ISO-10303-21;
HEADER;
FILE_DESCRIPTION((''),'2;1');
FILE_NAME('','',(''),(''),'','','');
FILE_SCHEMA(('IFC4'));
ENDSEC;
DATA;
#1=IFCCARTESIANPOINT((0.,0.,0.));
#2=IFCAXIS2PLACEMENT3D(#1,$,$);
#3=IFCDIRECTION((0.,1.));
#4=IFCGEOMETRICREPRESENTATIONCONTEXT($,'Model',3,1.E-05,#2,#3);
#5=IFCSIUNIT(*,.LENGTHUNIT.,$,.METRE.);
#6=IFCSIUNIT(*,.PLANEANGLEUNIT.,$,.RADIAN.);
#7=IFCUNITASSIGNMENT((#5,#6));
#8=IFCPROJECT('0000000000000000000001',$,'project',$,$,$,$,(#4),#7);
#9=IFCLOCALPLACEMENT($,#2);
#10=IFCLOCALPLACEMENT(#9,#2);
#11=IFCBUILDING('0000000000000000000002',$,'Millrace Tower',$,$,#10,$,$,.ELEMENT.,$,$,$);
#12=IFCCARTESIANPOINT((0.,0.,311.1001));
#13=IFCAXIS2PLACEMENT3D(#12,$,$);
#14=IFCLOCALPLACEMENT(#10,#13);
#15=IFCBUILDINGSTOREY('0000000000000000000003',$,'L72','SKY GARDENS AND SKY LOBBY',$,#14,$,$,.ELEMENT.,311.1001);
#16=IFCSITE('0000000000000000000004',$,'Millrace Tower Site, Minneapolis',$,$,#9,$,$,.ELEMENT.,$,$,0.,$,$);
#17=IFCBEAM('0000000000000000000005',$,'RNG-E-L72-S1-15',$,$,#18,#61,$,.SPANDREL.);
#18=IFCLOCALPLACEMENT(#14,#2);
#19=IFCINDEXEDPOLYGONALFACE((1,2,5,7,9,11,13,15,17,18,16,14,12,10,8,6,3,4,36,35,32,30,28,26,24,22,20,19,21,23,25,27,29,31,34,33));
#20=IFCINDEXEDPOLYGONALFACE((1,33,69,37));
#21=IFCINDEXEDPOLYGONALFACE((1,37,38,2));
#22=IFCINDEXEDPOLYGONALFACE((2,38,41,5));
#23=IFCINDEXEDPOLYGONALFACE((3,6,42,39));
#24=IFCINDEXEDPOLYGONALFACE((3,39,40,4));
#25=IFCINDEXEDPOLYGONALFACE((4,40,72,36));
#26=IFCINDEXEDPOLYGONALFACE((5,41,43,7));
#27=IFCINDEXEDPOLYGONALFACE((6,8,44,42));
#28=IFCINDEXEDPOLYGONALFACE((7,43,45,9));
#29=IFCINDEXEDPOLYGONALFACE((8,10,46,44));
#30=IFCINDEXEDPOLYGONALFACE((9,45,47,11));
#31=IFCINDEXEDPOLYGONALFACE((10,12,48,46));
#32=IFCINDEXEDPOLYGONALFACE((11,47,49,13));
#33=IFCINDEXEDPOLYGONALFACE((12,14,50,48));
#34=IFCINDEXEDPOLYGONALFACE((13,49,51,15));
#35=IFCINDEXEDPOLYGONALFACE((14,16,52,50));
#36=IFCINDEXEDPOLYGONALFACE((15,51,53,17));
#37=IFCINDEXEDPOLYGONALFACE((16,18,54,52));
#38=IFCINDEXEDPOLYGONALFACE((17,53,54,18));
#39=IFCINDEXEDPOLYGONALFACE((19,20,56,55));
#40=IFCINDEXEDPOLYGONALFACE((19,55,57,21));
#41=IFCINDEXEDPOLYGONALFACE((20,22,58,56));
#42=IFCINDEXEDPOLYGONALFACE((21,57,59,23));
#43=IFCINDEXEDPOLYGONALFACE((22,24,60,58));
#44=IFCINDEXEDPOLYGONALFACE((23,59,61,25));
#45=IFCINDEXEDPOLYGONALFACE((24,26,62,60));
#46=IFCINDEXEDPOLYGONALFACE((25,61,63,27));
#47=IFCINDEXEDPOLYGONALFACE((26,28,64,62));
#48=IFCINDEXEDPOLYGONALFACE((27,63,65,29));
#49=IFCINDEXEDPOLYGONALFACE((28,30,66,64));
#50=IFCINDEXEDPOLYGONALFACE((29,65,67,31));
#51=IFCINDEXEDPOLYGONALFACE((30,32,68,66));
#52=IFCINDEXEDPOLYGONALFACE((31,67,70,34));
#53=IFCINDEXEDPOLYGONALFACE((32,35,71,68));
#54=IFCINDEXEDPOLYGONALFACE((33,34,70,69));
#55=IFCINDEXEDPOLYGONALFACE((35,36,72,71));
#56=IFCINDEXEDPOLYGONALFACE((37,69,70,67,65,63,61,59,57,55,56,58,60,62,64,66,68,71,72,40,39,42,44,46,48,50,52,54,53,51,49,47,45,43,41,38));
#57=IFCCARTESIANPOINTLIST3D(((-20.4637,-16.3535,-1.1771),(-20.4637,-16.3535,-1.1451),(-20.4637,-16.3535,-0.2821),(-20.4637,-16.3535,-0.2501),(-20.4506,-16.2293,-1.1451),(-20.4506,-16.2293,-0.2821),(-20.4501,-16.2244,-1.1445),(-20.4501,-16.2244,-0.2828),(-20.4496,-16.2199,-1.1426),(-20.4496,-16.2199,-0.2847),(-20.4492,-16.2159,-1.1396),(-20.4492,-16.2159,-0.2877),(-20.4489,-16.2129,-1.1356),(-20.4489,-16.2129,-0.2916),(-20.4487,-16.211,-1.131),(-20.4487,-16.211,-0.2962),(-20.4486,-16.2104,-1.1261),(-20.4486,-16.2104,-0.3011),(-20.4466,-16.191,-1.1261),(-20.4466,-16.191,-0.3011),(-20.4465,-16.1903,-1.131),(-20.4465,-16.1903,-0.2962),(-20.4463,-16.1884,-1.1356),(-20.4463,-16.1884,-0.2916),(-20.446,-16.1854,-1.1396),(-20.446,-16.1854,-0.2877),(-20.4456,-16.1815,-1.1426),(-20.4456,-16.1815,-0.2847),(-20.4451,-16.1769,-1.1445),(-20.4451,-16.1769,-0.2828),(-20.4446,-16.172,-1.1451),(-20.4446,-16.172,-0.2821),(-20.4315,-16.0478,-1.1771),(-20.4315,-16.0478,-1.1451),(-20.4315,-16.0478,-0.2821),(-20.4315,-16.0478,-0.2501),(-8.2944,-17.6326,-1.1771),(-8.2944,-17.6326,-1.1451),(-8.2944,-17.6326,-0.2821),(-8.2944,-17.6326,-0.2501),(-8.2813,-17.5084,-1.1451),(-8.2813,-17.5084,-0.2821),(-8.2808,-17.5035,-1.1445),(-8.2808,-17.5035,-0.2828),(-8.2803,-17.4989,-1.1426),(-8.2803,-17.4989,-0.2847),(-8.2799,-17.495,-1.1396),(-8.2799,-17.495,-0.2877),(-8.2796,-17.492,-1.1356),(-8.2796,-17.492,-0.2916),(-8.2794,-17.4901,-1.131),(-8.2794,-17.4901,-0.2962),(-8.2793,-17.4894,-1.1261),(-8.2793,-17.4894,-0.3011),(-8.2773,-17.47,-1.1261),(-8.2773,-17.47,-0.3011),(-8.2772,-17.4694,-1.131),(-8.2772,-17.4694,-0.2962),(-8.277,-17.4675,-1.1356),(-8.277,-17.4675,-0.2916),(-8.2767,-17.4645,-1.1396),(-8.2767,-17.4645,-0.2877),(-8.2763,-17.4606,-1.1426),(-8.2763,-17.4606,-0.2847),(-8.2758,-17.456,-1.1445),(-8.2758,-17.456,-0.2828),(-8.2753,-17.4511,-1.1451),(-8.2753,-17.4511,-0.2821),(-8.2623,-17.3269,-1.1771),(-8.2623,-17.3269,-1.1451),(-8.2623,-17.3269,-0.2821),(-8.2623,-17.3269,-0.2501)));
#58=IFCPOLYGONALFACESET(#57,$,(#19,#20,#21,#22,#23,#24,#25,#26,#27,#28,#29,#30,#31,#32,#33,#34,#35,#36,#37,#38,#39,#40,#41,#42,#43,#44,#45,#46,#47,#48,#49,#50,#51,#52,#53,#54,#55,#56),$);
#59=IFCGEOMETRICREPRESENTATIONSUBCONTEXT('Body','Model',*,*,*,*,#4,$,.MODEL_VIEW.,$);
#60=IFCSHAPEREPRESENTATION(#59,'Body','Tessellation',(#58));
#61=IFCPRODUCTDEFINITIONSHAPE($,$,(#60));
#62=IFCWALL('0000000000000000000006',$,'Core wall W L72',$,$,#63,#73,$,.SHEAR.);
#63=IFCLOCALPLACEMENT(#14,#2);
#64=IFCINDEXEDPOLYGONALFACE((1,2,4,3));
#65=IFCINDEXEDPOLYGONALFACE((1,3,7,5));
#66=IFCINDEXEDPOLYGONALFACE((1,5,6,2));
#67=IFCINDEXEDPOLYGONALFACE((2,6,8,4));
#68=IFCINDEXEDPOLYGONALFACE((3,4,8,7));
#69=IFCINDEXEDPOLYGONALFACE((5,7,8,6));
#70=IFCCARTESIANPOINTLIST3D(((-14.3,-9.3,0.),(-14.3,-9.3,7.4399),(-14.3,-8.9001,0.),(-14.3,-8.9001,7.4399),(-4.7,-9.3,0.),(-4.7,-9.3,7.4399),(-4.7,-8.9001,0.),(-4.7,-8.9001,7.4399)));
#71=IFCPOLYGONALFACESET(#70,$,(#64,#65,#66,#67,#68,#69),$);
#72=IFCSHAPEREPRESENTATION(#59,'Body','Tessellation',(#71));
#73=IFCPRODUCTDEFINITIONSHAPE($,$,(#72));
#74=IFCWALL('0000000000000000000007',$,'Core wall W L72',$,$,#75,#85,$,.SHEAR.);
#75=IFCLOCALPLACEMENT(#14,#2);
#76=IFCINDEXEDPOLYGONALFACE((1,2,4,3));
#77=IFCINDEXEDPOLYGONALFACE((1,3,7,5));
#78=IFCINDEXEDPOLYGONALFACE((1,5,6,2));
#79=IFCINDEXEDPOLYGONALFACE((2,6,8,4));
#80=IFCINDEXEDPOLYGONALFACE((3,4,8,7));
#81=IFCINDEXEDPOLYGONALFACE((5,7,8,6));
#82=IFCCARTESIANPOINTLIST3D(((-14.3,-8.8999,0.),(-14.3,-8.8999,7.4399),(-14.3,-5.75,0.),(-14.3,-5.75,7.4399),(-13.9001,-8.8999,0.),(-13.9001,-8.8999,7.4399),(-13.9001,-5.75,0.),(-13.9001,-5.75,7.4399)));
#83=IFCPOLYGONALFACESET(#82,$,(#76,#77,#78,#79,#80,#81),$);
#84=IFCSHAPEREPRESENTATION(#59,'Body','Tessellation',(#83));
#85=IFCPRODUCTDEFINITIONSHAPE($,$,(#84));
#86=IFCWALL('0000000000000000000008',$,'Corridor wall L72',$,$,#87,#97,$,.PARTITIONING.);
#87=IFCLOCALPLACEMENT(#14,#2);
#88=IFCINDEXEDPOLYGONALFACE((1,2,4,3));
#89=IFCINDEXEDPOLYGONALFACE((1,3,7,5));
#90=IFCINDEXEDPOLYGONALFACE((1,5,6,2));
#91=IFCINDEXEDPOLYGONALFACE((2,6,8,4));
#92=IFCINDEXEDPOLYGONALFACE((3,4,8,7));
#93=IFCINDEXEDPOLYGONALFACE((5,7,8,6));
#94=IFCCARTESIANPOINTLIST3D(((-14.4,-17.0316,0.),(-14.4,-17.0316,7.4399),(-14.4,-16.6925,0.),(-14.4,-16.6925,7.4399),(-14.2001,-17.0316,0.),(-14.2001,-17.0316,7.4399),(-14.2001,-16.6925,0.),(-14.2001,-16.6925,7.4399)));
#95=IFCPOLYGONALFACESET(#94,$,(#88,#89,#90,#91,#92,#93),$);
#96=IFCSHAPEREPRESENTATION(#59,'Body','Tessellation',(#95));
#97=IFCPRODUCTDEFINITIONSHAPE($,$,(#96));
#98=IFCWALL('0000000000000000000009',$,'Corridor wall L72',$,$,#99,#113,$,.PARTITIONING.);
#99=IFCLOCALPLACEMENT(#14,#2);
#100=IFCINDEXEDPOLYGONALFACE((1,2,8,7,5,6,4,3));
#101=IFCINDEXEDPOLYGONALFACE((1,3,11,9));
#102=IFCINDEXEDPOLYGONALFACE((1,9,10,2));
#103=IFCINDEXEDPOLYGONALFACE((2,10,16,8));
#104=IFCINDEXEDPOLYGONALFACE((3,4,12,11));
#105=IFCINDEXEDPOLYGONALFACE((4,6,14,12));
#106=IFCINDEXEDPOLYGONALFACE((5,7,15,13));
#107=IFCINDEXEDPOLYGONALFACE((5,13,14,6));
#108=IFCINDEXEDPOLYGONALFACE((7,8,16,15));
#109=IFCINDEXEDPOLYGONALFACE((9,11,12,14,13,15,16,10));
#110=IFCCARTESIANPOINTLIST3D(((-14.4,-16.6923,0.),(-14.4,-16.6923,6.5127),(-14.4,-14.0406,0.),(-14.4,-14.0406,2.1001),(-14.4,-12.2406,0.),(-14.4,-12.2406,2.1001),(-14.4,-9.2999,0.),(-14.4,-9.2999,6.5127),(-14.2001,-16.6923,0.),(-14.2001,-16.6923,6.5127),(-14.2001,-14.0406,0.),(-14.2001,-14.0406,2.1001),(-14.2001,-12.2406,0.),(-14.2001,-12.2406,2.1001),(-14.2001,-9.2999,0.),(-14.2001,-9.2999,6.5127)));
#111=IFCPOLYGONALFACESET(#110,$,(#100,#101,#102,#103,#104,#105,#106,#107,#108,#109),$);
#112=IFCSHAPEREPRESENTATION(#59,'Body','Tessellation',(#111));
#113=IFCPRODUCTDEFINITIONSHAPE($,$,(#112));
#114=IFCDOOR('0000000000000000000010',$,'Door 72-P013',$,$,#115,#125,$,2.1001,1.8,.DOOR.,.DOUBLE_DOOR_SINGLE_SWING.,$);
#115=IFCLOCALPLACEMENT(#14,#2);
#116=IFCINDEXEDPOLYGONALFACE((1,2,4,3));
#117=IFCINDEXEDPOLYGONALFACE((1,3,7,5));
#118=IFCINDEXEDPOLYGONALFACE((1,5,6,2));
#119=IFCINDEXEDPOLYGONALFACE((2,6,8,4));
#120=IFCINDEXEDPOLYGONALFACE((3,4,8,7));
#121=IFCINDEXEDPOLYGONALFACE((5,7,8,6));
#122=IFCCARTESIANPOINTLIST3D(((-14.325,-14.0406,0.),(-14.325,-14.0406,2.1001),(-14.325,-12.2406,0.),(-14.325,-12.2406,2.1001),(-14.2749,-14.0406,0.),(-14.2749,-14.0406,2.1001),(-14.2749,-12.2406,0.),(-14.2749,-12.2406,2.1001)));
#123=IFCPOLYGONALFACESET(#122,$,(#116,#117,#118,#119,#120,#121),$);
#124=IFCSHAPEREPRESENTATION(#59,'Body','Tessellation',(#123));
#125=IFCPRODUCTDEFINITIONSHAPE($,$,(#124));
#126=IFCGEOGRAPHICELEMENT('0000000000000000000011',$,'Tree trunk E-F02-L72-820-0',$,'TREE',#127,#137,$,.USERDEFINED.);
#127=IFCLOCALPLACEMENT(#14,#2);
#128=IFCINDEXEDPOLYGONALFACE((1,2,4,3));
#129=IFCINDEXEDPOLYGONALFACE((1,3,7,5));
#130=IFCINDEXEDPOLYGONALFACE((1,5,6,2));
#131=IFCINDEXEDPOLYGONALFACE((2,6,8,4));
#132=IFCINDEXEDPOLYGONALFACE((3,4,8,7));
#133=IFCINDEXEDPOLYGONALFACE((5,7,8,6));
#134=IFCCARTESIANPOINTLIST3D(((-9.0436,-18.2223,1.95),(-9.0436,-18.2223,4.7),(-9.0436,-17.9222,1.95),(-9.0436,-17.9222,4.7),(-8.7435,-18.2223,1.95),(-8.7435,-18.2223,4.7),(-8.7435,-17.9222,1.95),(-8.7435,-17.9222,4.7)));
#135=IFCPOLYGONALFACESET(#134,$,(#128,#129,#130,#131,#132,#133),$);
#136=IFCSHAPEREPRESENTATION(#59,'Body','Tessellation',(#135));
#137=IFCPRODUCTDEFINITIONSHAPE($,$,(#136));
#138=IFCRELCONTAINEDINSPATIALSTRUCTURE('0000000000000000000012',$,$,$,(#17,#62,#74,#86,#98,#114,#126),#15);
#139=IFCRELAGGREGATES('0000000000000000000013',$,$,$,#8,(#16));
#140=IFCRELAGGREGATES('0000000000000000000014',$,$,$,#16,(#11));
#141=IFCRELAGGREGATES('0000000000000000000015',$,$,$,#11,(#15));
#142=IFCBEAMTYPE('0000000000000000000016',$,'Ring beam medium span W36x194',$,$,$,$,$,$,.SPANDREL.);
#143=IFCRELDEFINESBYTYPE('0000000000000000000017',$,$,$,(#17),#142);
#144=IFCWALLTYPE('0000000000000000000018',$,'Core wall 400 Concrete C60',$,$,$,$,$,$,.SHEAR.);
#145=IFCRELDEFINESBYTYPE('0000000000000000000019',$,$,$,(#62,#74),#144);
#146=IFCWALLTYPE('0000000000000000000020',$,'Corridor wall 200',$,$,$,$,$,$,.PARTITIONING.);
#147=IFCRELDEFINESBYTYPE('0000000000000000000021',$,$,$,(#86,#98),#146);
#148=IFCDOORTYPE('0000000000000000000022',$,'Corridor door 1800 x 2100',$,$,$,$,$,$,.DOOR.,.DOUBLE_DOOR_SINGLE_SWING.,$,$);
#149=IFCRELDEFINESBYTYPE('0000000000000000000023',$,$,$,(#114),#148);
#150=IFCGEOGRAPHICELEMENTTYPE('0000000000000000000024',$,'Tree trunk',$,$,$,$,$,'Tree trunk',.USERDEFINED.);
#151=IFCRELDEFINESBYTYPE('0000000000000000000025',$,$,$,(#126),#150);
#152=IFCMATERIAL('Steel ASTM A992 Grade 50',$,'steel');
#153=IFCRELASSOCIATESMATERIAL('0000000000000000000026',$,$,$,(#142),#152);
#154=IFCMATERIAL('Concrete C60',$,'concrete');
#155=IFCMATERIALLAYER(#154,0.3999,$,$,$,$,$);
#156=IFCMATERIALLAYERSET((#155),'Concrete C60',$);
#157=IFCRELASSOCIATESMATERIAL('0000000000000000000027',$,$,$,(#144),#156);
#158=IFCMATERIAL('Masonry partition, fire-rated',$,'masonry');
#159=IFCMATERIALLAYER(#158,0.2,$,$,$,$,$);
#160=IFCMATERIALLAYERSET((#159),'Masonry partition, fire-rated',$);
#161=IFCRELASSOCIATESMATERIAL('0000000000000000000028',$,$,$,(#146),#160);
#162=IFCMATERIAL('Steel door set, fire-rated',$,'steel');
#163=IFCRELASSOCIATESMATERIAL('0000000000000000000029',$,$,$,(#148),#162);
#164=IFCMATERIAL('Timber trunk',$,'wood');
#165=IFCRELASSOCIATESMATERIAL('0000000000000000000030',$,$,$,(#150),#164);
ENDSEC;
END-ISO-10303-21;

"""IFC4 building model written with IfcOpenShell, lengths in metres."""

from ifc_helpers import new_model, si_unit, direction, frame, frame_2d, origin, origin_2d, place, context, subcontext, project, spatial, rectangle, i_section, extrude, material, layer, layer_set, material_profile, profile_set, type_object, element, fill, save


model = new_model("IFC4")

# Units and contexts
model_context = context("Model", 3, precision=1e-05, world=origin(), true_north=direction((0.0, 1.0)))
body_context = subcontext(model_context, "Body", "Model", "MODEL_VIEW")
ifc_project = project(units=[si_unit("LENGTHUNIT", "METRE"), si_unit("PLANEANGLEUNIT", "RADIAN")], contexts=[model_context])

# Site, building, storey
site_placement = place(None, origin())
site = spatial("IfcSite", under=ifc_project, at=site_placement, Name="Millrace Tower Site, Minneapolis", CompositionType="ELEMENT", RefElevation=0.0)
building_placement = place(site_placement, origin())
building = spatial("IfcBuilding", under=site, at=building_placement, Name="Millrace Tower", CompositionType="ELEMENT")
storey_placement = place(building_placement, frame((0.0, 0.0, 311.1001)))
storey = spatial("IfcBuildingStorey", under=building, at=storey_placement, Name="L72", Description="SKY GARDENS AND SKY LOBBY", CompositionType="ELEMENT", Elevation=311.1001)

# Beam
ifc_material_1 = material(Name="Steel ASTM A992 Grade 50", Category="steel")
ifc_material_profile_1 = material_profile(ifc_material_1, i_section(OverallWidth=0.3074, OverallDepth=0.927, WebThickness=0.0195, FlangeThickness=0.032, FilletRadius=0.019, at=origin_2d()))
ifc_profile_set_1 = profile_set([ifc_material_profile_1], Name="Steel ASTM A992 Grade 50")
beam_type_1 = type_object("IfcBeamType", Name="Ring beam medium span W36x194", PredefinedType="SPANDREL", material=ifc_profile_set_1)
beam_1_placement = place(storey_placement, frame((-8.2783, -17.4797, -0.7136), z_axis=(-0.994522, 0.10453, 0.0), x_axis=(-0.10453, -0.994522, 0.0)))
element("IfcBeam", 1, at=beam_1_placement, inside=storey, type_object=beam_type_1, Name="RNG-E-L72-S1-15", PredefinedType="SPANDREL", context=body_context, shape_type="SweptSolid", body=[
    extrude(i_section(OverallWidth=0.3074, OverallDepth=0.927, WebThickness=0.0195, FlangeThickness=0.032, FilletRadius=0.019, at=origin_2d()), origin(), (0.0, 0.0, 1.0), 12.2363),
])

# Walls
ifc_material_2 = material(Name="Concrete C60", Category="concrete")
ifc_layer_1 = layer(ifc_material_2, 0.3999)
ifc_layer_set_1 = layer_set([ifc_layer_1], Name="Concrete C60")
wall_type_1 = type_object("IfcWallType", Name="Core wall 400 Concrete C60", PredefinedType="SHEAR", material=ifc_layer_set_1)
wall_1_placement = place(storey_placement, frame((-14.3, -9.1001, 0.0), z_axis=(0.0, 0.0, 1.0), x_axis=(1.0, 0.0, 0.0)))
element("IfcWall", 2, at=wall_1_placement, inside=storey, type_object=wall_type_1, Name="Core wall W L72", PredefinedType="SHEAR", context=body_context, shape_type="SweptSolid", body=[
    extrude(rectangle(XDim=9.6001, YDim=0.3999, at=frame_2d((4.8, 0.0))), origin(), (0.0, 0.0, 1.0), 7.4399),
])
wall_2_placement = place(storey_placement, frame((-14.1001, -8.8999, 0.0), z_axis=(0.0, 0.0, 1.0), x_axis=(0.0, 1.0, 0.0)))
element("IfcWall", 3, at=wall_2_placement, inside=storey, type_object=wall_type_1, Name="Core wall W L72", PredefinedType="SHEAR", context=body_context, shape_type="SweptSolid", body=[
    extrude(rectangle(XDim=3.1499, YDim=0.3999, at=frame_2d((1.575, 0.0))), origin(), (0.0, 0.0, 1.0), 7.4399),
])
ifc_material_3 = material(Name="Masonry partition, fire-rated", Category="masonry")
ifc_layer_2 = layer(ifc_material_3, 0.2)
ifc_layer_set_2 = layer_set([ifc_layer_2], Name="Masonry partition, fire-rated")
wall_type_2 = type_object("IfcWallType", Name="Corridor wall 200", PredefinedType="PARTITIONING", material=ifc_layer_set_2)
wall_3_placement = place(storey_placement, frame((-14.3, -17.0315, 0.0), z_axis=(0.0, 0.0, 1.0), x_axis=(0.0, 1.0, 0.0)))
element("IfcWall", 4, at=wall_3_placement, inside=storey, type_object=wall_type_2, Name="Corridor wall L72", PredefinedType="PARTITIONING", context=body_context, shape_type="SweptSolid", body=[
    extrude(rectangle(XDim=0.3391, YDim=0.2, at=frame_2d((0.1694, 0.0))), origin(), (0.0, 0.0, 1.0), 7.4399),
])

# Wall, opening, door
wall_4_placement = place(storey_placement, frame((-14.3, -16.6924, 0.0), z_axis=(0.0, 0.0, 1.0), x_axis=(0.0, 1.0, 0.0)))
wall_4 = element("IfcWall", 5, at=wall_4_placement, inside=storey, type_object=wall_type_2, Name="Corridor wall L72", PredefinedType="PARTITIONING", context=body_context, shape_type="SweptSolid", body=[
    extrude(rectangle(XDim=7.3923, YDim=0.2, at=frame_2d((3.6963, 0.0))), origin(), (0.0, 0.0, 1.0), 6.5127),
])
opening_placement = place(wall_4_placement, frame((2.6519, 0.0, 0.0)))
opening = element("IfcOpeningElement", 6, at=opening_placement, cuts=wall_4, PredefinedType="OPENING", context=body_context, shape_type="SweptSolid", body=[
    extrude(rectangle(XDim=1.8, YDim=2.1001, at=frame_2d((0.8999, 1.05))), frame((0.0, 0.1099, 0.0), z_axis=(0.0, -1.0, 0.0), x_axis=(1.0, 0.0, 0.0)), (0.0, 0.0, 1.0), 0.22),
])
ifc_material_4 = material(Name="Steel door set, fire-rated", Category="steel")
door_type = type_object("IfcDoorType", Name="Corridor door 1800 x 2100", OperationType="DOUBLE_DOOR_SINGLE_SWING", PredefinedType="DOOR", material=ifc_material_4)
door_placement = place(opening_placement, origin())
door = element("IfcDoor", 7, at=door_placement, inside=storey, type_object=door_type, Name="Door 72-P013", OperationType="DOUBLE_DOOR_SINGLE_SWING", OverallHeight=2.1001, OverallWidth=1.8, PredefinedType="DOOR", context=body_context, shape_type="SweptSolid", body=[
    extrude(rectangle(XDim=1.8, YDim=2.1001, at=frame_2d((0.8999, 1.05))), frame((0.0, 0.0249, 0.0), z_axis=(0.0, -1.0, 0.0), x_axis=(1.0, 0.0, 0.0)), (0.0, 0.0, 1.0), 0.05),
])
fill(opening, door)

# Geographic element
ifc_material_5 = material(Name="Timber trunk", Category="wood")
geographic_element_type = type_object("IfcGeographicElementType", Name="Tree trunk", ElementType="Tree trunk", PredefinedType="USERDEFINED", material=ifc_material_5)
geographic_element_placement = place(storey_placement, frame((-8.8936, -18.0723, 1.95), z_axis=(0.0, 0.0, 1.0), x_axis=(1.0, 0.0, 0.0)))
element("IfcGeographicElement", 8, at=geographic_element_placement, inside=storey, type_object=geographic_element_type, Name="Tree trunk E-F02-L72-820-0", ObjectType="TREE", PredefinedType="USERDEFINED", context=body_context, shape_type="SweptSolid", body=[
    extrude(rectangle(XDim=0.3, YDim=0.3, at=origin_2d()), origin(), (0.0, 0.0, 1.0), 2.75),
])

save(model, "model.ifc")
